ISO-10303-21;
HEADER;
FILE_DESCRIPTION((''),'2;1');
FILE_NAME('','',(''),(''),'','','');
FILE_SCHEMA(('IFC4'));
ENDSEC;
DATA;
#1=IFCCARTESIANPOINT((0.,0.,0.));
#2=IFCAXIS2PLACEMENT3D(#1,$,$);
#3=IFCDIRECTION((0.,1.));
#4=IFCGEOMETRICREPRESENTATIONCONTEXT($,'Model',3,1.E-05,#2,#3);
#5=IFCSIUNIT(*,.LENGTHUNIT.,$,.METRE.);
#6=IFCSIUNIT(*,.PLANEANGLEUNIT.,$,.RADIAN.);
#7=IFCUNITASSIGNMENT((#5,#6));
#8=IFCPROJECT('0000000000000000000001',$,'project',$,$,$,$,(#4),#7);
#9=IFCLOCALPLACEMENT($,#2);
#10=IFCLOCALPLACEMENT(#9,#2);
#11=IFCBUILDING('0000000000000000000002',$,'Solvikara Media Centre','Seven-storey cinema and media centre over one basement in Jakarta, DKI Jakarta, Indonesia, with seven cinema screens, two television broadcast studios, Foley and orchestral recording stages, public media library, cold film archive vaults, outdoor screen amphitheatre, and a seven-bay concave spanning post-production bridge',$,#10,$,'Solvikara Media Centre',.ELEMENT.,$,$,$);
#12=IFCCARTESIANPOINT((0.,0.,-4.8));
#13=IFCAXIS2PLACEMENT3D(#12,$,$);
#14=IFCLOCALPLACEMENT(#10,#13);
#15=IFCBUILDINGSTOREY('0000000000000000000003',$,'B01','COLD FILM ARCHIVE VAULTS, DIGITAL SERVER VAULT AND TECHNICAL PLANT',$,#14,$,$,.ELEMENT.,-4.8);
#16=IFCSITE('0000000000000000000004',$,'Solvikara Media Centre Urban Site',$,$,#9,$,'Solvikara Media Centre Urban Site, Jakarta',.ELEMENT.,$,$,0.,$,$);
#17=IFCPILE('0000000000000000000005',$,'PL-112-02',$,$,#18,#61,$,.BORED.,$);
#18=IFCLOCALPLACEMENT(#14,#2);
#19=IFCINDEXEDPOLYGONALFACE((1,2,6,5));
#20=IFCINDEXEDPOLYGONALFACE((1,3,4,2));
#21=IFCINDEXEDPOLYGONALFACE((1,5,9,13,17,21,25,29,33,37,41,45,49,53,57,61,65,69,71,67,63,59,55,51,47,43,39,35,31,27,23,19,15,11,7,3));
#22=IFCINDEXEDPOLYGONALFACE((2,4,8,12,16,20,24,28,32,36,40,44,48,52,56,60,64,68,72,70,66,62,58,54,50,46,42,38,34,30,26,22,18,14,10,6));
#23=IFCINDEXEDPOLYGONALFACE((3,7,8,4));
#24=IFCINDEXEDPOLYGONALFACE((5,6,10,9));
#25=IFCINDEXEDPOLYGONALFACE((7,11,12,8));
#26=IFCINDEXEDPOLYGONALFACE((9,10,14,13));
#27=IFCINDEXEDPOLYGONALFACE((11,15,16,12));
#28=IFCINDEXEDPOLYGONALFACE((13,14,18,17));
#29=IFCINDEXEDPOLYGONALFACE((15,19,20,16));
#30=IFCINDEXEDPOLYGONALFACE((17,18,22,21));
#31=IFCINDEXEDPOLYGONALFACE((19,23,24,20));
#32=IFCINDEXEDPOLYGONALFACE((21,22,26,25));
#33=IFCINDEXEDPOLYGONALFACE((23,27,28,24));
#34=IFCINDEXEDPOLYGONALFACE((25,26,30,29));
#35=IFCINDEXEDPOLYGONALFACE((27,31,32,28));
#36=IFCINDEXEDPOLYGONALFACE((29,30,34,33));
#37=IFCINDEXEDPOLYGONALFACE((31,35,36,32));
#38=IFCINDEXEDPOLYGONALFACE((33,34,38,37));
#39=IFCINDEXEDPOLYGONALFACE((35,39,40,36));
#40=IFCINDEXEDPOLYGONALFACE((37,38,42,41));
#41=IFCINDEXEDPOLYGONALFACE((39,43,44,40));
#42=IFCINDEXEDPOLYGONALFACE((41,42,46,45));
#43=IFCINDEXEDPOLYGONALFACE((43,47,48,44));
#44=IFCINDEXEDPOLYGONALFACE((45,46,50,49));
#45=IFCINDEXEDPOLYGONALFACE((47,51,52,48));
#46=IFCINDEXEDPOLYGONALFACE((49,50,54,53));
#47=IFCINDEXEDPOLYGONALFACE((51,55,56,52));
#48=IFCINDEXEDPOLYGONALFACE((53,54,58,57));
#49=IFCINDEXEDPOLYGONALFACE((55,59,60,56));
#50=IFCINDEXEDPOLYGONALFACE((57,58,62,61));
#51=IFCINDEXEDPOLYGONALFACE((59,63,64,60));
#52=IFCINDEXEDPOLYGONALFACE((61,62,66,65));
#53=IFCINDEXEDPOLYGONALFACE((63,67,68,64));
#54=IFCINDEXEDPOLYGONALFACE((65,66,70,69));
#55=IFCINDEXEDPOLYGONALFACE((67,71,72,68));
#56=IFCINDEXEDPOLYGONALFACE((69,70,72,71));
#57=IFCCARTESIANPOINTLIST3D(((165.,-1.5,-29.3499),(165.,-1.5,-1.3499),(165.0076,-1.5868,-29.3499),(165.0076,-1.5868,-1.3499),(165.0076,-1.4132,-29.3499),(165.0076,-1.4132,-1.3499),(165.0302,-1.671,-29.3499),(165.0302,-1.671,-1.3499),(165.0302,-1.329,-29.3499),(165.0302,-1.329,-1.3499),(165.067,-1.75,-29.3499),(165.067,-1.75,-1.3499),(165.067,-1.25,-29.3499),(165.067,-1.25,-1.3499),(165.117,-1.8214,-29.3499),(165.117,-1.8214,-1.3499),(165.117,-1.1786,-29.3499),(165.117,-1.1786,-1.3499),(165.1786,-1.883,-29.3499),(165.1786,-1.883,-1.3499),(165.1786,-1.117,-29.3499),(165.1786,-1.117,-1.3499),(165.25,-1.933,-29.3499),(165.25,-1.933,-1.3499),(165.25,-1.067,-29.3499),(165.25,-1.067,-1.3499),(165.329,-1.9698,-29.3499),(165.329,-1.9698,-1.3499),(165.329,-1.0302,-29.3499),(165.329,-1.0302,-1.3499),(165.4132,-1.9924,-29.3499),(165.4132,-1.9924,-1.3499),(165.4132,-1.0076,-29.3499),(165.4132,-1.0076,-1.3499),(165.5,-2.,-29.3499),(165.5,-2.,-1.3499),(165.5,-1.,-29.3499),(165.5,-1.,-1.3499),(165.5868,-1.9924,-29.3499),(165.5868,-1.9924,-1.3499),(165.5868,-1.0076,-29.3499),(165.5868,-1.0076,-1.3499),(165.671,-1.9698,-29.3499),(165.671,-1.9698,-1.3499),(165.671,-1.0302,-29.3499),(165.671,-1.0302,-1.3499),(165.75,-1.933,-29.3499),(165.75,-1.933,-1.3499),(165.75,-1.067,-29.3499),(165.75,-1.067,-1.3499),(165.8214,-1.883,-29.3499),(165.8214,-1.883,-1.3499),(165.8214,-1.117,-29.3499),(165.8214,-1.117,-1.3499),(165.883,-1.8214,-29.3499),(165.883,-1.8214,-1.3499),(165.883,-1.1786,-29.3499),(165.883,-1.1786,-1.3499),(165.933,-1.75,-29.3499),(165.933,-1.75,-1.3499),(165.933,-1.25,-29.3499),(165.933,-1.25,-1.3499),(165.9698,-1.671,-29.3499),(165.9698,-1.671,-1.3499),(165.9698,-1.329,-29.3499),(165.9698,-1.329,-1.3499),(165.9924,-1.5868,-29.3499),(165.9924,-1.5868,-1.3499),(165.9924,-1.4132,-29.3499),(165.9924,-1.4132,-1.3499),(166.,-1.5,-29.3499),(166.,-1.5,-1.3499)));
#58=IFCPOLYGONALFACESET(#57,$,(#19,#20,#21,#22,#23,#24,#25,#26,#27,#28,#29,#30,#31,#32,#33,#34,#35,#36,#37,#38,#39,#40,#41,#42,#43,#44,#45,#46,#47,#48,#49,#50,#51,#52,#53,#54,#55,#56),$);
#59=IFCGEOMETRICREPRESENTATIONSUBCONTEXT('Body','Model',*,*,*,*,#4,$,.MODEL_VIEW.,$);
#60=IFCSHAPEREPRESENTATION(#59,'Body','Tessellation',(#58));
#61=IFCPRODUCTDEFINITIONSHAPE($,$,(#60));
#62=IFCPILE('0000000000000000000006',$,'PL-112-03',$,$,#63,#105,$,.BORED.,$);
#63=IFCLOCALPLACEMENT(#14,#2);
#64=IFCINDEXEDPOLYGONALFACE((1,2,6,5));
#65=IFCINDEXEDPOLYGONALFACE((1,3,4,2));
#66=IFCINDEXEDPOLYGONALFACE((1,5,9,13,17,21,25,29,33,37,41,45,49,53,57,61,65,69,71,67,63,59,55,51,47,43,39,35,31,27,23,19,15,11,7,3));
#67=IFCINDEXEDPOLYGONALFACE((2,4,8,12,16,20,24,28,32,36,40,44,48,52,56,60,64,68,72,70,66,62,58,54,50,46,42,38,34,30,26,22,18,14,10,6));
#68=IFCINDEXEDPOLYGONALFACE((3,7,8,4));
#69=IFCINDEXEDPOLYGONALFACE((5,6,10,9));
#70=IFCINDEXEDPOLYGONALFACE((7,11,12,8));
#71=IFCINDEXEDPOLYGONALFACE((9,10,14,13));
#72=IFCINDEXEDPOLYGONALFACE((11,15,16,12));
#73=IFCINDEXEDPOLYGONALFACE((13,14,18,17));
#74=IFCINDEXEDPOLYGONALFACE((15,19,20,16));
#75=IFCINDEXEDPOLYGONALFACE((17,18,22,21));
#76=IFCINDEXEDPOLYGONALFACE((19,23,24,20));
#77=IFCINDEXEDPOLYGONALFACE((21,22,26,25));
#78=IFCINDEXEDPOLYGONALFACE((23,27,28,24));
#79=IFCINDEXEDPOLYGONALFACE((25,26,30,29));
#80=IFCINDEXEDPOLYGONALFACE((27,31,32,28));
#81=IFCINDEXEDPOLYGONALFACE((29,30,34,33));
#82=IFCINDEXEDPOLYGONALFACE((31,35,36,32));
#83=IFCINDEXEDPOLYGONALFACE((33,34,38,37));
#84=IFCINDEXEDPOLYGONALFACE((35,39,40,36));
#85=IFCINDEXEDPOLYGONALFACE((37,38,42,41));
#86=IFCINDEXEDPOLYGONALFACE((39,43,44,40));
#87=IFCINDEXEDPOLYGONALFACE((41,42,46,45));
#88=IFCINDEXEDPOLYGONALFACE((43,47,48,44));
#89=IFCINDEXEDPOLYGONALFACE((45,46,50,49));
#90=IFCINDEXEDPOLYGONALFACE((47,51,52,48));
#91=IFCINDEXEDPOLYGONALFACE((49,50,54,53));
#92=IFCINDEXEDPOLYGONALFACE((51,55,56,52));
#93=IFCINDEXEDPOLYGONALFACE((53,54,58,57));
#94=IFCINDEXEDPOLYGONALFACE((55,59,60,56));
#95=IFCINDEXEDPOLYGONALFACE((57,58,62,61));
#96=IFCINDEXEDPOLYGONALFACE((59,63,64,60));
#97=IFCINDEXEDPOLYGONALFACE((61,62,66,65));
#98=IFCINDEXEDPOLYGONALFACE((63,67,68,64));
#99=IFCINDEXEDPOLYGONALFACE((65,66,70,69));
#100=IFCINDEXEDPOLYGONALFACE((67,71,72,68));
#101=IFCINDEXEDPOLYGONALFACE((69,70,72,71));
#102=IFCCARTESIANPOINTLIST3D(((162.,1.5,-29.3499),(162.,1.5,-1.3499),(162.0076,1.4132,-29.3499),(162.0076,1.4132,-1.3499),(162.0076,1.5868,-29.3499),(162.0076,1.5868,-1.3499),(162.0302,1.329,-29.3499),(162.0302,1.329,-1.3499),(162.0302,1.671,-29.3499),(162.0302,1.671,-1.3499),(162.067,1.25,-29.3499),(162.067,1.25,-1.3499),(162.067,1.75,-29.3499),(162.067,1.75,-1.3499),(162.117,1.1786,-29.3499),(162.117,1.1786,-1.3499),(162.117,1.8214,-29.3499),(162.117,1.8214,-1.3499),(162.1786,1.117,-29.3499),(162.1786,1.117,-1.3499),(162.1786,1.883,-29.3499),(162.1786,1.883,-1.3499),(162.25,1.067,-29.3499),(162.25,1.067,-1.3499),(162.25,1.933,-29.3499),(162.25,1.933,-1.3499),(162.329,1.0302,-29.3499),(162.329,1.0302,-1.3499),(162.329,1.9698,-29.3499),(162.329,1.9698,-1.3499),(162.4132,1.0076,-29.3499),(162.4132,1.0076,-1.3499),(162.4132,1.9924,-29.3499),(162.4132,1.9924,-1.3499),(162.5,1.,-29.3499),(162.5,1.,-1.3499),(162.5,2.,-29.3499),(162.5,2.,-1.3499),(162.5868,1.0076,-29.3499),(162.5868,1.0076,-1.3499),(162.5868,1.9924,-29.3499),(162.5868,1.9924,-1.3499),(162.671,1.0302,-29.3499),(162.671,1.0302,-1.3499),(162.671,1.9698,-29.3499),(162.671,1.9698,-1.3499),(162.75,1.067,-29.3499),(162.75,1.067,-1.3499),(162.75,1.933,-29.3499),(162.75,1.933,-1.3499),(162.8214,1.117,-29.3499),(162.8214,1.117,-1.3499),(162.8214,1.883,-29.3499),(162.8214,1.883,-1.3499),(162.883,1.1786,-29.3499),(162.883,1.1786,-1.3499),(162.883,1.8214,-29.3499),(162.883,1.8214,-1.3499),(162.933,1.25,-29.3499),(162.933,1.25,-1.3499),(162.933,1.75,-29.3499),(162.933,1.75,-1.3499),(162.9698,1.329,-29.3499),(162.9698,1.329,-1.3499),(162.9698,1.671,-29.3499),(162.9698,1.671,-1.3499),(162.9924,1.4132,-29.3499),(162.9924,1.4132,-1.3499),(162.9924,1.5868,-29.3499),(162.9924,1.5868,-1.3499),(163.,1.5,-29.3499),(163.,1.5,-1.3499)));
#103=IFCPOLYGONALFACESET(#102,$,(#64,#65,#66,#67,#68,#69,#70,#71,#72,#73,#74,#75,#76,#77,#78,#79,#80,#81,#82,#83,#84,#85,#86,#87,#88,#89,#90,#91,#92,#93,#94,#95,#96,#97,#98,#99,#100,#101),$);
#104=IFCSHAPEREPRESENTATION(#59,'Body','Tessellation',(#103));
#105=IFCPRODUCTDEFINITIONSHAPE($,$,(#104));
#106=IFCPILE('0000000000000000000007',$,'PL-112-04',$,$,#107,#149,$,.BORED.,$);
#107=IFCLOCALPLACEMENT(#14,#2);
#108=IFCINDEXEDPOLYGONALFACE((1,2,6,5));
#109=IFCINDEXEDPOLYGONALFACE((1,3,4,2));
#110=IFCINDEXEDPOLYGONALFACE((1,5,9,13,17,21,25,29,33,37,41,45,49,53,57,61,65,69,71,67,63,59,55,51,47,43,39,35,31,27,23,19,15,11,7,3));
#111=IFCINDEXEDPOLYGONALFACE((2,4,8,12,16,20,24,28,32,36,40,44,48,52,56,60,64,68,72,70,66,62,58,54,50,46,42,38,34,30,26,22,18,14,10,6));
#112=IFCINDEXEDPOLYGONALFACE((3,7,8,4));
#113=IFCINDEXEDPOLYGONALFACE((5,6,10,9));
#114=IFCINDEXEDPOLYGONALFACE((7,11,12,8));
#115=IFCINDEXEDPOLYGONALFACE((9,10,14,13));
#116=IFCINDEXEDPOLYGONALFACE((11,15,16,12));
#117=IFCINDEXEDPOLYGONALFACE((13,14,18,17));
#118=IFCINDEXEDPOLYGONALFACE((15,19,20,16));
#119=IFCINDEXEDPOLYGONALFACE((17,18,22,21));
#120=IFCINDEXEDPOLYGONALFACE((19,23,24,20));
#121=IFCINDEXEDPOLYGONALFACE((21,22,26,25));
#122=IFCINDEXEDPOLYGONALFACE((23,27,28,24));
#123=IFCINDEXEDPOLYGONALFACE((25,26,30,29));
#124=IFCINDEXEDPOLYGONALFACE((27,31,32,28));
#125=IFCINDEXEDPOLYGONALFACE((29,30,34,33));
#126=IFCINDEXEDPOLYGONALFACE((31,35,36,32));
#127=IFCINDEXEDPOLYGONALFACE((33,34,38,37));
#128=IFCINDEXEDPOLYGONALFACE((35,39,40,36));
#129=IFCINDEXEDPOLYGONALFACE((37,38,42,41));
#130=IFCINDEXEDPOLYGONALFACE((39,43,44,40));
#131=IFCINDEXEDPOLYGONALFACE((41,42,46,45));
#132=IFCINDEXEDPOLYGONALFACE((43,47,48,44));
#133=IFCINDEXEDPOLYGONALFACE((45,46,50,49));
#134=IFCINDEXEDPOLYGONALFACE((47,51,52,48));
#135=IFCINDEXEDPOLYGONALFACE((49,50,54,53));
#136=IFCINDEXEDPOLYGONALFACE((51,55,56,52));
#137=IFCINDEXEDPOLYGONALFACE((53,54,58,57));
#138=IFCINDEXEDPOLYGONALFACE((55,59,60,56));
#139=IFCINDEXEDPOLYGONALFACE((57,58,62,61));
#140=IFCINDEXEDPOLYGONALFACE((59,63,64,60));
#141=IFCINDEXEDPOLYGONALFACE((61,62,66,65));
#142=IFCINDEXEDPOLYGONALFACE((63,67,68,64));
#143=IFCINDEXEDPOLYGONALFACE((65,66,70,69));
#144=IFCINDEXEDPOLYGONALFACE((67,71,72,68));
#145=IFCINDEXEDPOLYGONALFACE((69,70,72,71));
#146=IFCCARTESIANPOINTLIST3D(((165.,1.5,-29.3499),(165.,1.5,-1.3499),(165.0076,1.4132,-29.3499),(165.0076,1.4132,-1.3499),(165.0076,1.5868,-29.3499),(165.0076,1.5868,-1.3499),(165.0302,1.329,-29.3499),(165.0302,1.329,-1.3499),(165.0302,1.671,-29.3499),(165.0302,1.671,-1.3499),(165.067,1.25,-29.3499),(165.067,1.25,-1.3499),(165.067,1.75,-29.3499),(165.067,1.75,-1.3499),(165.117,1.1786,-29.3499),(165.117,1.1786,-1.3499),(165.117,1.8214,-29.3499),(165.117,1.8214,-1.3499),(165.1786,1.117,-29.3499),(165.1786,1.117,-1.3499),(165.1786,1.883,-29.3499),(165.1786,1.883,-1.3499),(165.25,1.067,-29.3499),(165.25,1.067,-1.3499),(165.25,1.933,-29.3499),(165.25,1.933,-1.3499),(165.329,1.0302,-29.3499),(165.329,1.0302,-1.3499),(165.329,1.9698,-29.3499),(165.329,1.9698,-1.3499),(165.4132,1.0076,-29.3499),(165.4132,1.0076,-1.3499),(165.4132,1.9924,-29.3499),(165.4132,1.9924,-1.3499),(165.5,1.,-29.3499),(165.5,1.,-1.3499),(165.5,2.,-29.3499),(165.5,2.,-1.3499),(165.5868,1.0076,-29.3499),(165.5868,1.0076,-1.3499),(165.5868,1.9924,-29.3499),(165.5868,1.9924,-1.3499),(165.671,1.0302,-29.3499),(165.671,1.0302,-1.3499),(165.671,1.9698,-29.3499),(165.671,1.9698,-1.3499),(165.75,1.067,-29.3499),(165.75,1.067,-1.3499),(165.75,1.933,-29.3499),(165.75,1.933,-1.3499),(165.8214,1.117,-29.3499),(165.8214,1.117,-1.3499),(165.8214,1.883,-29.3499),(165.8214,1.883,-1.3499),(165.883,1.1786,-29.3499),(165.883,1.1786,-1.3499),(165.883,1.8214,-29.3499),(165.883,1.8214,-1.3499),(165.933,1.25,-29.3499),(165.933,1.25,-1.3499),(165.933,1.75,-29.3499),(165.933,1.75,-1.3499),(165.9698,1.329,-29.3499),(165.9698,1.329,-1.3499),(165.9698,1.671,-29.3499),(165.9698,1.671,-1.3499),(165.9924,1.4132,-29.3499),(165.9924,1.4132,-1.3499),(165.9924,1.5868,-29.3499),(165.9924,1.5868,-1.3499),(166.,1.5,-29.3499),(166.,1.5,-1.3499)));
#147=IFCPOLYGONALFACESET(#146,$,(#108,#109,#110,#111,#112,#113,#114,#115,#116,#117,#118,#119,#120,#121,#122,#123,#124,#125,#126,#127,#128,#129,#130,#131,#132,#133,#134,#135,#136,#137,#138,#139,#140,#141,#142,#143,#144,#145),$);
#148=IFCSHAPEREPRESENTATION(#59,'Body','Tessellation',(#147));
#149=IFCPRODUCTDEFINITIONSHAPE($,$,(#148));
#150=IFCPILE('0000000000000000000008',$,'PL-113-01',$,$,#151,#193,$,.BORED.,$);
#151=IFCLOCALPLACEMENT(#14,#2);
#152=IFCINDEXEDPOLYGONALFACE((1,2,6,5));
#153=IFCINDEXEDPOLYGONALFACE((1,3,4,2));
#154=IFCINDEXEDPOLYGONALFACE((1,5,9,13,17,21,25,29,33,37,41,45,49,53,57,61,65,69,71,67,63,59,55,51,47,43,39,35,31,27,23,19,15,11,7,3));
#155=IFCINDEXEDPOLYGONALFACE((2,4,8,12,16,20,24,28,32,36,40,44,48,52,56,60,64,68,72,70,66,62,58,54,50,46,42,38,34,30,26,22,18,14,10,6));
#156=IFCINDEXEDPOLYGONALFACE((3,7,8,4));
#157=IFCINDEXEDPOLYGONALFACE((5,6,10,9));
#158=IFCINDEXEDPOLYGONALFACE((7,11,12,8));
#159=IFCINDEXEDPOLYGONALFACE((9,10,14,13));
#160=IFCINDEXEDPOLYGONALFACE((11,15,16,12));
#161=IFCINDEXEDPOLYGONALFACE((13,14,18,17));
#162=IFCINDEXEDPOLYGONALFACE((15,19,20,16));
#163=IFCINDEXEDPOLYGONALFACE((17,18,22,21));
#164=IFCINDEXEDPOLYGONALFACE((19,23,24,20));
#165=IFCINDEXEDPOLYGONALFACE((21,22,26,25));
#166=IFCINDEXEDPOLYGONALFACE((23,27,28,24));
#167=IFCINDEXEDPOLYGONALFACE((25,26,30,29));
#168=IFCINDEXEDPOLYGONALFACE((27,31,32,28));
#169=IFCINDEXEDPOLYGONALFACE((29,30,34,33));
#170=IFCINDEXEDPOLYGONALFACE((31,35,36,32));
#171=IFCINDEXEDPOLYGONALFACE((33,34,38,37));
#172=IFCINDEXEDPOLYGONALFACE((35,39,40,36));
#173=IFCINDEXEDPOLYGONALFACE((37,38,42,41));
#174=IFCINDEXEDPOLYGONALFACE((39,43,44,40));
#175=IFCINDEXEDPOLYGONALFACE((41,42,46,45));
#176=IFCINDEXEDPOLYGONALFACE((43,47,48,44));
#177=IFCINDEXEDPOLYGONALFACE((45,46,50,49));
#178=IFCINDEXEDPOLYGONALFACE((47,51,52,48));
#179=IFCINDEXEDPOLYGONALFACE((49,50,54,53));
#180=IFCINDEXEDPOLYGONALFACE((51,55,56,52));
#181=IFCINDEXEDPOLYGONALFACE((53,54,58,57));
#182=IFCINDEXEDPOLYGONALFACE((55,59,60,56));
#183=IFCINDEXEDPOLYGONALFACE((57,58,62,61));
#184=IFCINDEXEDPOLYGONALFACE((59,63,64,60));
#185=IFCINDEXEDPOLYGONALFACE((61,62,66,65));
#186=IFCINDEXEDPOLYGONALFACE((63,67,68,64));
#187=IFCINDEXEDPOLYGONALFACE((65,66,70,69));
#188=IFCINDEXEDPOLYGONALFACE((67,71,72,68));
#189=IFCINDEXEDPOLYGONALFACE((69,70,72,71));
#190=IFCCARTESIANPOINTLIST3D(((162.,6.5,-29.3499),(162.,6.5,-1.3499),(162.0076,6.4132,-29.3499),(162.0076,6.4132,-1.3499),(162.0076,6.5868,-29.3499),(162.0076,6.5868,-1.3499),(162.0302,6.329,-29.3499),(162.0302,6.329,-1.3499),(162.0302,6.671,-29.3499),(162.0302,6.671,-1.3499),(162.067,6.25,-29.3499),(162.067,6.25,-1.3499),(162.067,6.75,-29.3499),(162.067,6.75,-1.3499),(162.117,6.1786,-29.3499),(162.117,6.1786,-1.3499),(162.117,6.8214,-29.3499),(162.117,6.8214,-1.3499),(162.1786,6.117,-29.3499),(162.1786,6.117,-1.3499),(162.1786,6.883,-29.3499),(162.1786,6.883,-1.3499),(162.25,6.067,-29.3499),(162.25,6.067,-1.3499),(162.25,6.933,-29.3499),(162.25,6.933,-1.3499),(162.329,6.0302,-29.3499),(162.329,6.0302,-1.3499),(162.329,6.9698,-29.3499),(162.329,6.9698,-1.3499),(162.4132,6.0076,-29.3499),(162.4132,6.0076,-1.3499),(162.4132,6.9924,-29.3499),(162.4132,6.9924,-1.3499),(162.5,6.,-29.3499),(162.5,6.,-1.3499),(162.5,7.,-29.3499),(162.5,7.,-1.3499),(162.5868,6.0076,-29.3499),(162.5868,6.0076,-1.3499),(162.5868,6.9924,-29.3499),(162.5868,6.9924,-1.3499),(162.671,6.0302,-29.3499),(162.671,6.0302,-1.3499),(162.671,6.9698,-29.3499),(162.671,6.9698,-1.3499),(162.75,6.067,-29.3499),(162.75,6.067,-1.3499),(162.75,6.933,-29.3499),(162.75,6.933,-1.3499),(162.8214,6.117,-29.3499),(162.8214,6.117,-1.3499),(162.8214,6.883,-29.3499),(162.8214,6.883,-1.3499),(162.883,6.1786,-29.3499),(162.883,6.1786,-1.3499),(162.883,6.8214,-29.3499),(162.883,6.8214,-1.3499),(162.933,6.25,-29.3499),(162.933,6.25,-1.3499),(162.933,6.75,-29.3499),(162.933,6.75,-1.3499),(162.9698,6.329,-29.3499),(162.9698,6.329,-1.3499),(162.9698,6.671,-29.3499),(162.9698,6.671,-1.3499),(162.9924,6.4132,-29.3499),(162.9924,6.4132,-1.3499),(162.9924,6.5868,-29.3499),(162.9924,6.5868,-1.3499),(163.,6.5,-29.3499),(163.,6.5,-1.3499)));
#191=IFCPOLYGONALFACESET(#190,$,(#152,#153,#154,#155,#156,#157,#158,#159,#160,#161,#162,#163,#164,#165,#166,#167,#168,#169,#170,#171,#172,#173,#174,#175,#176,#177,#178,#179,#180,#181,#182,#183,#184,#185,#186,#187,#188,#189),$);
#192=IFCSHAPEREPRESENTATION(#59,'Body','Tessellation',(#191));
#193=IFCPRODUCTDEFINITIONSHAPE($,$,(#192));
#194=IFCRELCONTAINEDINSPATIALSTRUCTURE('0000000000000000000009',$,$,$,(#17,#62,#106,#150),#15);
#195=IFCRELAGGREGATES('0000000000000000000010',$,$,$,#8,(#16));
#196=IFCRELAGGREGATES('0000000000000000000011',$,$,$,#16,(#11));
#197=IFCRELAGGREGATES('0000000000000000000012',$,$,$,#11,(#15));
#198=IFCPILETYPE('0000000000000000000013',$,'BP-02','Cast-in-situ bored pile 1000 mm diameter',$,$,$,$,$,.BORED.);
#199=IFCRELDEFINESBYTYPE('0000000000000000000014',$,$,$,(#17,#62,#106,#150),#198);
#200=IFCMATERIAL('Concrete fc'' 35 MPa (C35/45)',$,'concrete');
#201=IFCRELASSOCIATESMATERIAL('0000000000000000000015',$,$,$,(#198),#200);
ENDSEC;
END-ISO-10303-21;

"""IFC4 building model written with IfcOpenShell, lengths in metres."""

from ifc_helpers import new_model, si_unit, direction, frame, origin, origin_2d, place, context, subcontext, project, spatial, circle, extrude, material, material_profile, profile_set, type_object, element, save


model = new_model("IFC4")

# Units and contexts
model_context = context("Model", 3, precision=1e-05, world=origin(), true_north=direction((0.0, 1.0)))
body_context = subcontext(model_context, "Body", "Model", "MODEL_VIEW")
ifc_project = project(units=[si_unit("LENGTHUNIT", "METRE"), si_unit("PLANEANGLEUNIT", "RADIAN")], contexts=[model_context])

# Site, building, storey
site_placement = place(None, origin())
site = spatial("IfcSite", under=ifc_project, at=site_placement, Name="Solvikara Media Centre Urban Site", LongName="Solvikara Media Centre Urban Site, Jakarta", CompositionType="ELEMENT", RefElevation=0.0)
building_placement = place(site_placement, origin())
building = spatial("IfcBuilding", under=site, at=building_placement, Name="Solvikara Media Centre", Description="Seven-storey cinema and media centre over one basement in Jakarta, DKI Jakarta, Indonesia, with seven cinema screens, two television broadcast studios, Foley and orchestral recording stages, public media library, cold film archive vaults, outdoor screen amphitheatre, and a seven-bay concave spanning post-production bridge", LongName="Solvikara Media Centre", CompositionType="ELEMENT")
storey_placement = place(building_placement, frame((0.0, 0.0, -4.8)))
storey = spatial("IfcBuildingStorey", under=building, at=storey_placement, Name="B01", Description="COLD FILM ARCHIVE VAULTS, DIGITAL SERVER VAULT AND TECHNICAL PLANT", CompositionType="ELEMENT", Elevation=-4.8)

# Piles
ifc_material_1 = material(Name="Concrete fc' 35 MPa (C35/45)", Category="concrete")
ifc_material_profile_1 = material_profile(ifc_material_1, circle(Radius=0.5, at=origin_2d()), Name="BORED PILE D1000")
ifc_profile_set_1 = profile_set([ifc_material_profile_1], Name="Concrete fc' 35 MPa (C35/45)")
pile_type_1 = type_object("IfcPileType", Name="BP-02", Description="Cast-in-situ bored pile 1000 mm diameter", PredefinedType="BORED", material=ifc_profile_set_1)
for number, where, z_axis, x_axis, name in (
    (1, (165.5, -1.5, -1.3499), (0.0, 0.0, -1.0), (1.0, 0.0, 0.0), "PL-112-02"),
    (2, (162.5, 1.5, -1.3499), (0.0, 0.0, -1.0), (1.0, 0.0, 0.0), "PL-112-03"),
    (3, (165.5, 1.5, -1.3499), (0.0, 0.0, -1.0), (1.0, 0.0, 0.0), "PL-112-04"),
    (4, (162.5, 6.5, -1.3499), (0.0, 0.0, -1.0), (1.0, 0.0, 0.0), "PL-113-01"),
):
    element("IfcPile", number, at=place(storey_placement, frame(where, z_axis=z_axis, x_axis=x_axis)), inside=storey, type_object=pile_type_1, Name=name, PredefinedType="BORED", context=body_context, shape_type="SweptSolid", body=[
        extrude(circle(Radius=0.5, at=origin_2d()), origin(), (0.0, 0.0, 1.0), 28.0),
    ])

save(model, "model.ifc")
